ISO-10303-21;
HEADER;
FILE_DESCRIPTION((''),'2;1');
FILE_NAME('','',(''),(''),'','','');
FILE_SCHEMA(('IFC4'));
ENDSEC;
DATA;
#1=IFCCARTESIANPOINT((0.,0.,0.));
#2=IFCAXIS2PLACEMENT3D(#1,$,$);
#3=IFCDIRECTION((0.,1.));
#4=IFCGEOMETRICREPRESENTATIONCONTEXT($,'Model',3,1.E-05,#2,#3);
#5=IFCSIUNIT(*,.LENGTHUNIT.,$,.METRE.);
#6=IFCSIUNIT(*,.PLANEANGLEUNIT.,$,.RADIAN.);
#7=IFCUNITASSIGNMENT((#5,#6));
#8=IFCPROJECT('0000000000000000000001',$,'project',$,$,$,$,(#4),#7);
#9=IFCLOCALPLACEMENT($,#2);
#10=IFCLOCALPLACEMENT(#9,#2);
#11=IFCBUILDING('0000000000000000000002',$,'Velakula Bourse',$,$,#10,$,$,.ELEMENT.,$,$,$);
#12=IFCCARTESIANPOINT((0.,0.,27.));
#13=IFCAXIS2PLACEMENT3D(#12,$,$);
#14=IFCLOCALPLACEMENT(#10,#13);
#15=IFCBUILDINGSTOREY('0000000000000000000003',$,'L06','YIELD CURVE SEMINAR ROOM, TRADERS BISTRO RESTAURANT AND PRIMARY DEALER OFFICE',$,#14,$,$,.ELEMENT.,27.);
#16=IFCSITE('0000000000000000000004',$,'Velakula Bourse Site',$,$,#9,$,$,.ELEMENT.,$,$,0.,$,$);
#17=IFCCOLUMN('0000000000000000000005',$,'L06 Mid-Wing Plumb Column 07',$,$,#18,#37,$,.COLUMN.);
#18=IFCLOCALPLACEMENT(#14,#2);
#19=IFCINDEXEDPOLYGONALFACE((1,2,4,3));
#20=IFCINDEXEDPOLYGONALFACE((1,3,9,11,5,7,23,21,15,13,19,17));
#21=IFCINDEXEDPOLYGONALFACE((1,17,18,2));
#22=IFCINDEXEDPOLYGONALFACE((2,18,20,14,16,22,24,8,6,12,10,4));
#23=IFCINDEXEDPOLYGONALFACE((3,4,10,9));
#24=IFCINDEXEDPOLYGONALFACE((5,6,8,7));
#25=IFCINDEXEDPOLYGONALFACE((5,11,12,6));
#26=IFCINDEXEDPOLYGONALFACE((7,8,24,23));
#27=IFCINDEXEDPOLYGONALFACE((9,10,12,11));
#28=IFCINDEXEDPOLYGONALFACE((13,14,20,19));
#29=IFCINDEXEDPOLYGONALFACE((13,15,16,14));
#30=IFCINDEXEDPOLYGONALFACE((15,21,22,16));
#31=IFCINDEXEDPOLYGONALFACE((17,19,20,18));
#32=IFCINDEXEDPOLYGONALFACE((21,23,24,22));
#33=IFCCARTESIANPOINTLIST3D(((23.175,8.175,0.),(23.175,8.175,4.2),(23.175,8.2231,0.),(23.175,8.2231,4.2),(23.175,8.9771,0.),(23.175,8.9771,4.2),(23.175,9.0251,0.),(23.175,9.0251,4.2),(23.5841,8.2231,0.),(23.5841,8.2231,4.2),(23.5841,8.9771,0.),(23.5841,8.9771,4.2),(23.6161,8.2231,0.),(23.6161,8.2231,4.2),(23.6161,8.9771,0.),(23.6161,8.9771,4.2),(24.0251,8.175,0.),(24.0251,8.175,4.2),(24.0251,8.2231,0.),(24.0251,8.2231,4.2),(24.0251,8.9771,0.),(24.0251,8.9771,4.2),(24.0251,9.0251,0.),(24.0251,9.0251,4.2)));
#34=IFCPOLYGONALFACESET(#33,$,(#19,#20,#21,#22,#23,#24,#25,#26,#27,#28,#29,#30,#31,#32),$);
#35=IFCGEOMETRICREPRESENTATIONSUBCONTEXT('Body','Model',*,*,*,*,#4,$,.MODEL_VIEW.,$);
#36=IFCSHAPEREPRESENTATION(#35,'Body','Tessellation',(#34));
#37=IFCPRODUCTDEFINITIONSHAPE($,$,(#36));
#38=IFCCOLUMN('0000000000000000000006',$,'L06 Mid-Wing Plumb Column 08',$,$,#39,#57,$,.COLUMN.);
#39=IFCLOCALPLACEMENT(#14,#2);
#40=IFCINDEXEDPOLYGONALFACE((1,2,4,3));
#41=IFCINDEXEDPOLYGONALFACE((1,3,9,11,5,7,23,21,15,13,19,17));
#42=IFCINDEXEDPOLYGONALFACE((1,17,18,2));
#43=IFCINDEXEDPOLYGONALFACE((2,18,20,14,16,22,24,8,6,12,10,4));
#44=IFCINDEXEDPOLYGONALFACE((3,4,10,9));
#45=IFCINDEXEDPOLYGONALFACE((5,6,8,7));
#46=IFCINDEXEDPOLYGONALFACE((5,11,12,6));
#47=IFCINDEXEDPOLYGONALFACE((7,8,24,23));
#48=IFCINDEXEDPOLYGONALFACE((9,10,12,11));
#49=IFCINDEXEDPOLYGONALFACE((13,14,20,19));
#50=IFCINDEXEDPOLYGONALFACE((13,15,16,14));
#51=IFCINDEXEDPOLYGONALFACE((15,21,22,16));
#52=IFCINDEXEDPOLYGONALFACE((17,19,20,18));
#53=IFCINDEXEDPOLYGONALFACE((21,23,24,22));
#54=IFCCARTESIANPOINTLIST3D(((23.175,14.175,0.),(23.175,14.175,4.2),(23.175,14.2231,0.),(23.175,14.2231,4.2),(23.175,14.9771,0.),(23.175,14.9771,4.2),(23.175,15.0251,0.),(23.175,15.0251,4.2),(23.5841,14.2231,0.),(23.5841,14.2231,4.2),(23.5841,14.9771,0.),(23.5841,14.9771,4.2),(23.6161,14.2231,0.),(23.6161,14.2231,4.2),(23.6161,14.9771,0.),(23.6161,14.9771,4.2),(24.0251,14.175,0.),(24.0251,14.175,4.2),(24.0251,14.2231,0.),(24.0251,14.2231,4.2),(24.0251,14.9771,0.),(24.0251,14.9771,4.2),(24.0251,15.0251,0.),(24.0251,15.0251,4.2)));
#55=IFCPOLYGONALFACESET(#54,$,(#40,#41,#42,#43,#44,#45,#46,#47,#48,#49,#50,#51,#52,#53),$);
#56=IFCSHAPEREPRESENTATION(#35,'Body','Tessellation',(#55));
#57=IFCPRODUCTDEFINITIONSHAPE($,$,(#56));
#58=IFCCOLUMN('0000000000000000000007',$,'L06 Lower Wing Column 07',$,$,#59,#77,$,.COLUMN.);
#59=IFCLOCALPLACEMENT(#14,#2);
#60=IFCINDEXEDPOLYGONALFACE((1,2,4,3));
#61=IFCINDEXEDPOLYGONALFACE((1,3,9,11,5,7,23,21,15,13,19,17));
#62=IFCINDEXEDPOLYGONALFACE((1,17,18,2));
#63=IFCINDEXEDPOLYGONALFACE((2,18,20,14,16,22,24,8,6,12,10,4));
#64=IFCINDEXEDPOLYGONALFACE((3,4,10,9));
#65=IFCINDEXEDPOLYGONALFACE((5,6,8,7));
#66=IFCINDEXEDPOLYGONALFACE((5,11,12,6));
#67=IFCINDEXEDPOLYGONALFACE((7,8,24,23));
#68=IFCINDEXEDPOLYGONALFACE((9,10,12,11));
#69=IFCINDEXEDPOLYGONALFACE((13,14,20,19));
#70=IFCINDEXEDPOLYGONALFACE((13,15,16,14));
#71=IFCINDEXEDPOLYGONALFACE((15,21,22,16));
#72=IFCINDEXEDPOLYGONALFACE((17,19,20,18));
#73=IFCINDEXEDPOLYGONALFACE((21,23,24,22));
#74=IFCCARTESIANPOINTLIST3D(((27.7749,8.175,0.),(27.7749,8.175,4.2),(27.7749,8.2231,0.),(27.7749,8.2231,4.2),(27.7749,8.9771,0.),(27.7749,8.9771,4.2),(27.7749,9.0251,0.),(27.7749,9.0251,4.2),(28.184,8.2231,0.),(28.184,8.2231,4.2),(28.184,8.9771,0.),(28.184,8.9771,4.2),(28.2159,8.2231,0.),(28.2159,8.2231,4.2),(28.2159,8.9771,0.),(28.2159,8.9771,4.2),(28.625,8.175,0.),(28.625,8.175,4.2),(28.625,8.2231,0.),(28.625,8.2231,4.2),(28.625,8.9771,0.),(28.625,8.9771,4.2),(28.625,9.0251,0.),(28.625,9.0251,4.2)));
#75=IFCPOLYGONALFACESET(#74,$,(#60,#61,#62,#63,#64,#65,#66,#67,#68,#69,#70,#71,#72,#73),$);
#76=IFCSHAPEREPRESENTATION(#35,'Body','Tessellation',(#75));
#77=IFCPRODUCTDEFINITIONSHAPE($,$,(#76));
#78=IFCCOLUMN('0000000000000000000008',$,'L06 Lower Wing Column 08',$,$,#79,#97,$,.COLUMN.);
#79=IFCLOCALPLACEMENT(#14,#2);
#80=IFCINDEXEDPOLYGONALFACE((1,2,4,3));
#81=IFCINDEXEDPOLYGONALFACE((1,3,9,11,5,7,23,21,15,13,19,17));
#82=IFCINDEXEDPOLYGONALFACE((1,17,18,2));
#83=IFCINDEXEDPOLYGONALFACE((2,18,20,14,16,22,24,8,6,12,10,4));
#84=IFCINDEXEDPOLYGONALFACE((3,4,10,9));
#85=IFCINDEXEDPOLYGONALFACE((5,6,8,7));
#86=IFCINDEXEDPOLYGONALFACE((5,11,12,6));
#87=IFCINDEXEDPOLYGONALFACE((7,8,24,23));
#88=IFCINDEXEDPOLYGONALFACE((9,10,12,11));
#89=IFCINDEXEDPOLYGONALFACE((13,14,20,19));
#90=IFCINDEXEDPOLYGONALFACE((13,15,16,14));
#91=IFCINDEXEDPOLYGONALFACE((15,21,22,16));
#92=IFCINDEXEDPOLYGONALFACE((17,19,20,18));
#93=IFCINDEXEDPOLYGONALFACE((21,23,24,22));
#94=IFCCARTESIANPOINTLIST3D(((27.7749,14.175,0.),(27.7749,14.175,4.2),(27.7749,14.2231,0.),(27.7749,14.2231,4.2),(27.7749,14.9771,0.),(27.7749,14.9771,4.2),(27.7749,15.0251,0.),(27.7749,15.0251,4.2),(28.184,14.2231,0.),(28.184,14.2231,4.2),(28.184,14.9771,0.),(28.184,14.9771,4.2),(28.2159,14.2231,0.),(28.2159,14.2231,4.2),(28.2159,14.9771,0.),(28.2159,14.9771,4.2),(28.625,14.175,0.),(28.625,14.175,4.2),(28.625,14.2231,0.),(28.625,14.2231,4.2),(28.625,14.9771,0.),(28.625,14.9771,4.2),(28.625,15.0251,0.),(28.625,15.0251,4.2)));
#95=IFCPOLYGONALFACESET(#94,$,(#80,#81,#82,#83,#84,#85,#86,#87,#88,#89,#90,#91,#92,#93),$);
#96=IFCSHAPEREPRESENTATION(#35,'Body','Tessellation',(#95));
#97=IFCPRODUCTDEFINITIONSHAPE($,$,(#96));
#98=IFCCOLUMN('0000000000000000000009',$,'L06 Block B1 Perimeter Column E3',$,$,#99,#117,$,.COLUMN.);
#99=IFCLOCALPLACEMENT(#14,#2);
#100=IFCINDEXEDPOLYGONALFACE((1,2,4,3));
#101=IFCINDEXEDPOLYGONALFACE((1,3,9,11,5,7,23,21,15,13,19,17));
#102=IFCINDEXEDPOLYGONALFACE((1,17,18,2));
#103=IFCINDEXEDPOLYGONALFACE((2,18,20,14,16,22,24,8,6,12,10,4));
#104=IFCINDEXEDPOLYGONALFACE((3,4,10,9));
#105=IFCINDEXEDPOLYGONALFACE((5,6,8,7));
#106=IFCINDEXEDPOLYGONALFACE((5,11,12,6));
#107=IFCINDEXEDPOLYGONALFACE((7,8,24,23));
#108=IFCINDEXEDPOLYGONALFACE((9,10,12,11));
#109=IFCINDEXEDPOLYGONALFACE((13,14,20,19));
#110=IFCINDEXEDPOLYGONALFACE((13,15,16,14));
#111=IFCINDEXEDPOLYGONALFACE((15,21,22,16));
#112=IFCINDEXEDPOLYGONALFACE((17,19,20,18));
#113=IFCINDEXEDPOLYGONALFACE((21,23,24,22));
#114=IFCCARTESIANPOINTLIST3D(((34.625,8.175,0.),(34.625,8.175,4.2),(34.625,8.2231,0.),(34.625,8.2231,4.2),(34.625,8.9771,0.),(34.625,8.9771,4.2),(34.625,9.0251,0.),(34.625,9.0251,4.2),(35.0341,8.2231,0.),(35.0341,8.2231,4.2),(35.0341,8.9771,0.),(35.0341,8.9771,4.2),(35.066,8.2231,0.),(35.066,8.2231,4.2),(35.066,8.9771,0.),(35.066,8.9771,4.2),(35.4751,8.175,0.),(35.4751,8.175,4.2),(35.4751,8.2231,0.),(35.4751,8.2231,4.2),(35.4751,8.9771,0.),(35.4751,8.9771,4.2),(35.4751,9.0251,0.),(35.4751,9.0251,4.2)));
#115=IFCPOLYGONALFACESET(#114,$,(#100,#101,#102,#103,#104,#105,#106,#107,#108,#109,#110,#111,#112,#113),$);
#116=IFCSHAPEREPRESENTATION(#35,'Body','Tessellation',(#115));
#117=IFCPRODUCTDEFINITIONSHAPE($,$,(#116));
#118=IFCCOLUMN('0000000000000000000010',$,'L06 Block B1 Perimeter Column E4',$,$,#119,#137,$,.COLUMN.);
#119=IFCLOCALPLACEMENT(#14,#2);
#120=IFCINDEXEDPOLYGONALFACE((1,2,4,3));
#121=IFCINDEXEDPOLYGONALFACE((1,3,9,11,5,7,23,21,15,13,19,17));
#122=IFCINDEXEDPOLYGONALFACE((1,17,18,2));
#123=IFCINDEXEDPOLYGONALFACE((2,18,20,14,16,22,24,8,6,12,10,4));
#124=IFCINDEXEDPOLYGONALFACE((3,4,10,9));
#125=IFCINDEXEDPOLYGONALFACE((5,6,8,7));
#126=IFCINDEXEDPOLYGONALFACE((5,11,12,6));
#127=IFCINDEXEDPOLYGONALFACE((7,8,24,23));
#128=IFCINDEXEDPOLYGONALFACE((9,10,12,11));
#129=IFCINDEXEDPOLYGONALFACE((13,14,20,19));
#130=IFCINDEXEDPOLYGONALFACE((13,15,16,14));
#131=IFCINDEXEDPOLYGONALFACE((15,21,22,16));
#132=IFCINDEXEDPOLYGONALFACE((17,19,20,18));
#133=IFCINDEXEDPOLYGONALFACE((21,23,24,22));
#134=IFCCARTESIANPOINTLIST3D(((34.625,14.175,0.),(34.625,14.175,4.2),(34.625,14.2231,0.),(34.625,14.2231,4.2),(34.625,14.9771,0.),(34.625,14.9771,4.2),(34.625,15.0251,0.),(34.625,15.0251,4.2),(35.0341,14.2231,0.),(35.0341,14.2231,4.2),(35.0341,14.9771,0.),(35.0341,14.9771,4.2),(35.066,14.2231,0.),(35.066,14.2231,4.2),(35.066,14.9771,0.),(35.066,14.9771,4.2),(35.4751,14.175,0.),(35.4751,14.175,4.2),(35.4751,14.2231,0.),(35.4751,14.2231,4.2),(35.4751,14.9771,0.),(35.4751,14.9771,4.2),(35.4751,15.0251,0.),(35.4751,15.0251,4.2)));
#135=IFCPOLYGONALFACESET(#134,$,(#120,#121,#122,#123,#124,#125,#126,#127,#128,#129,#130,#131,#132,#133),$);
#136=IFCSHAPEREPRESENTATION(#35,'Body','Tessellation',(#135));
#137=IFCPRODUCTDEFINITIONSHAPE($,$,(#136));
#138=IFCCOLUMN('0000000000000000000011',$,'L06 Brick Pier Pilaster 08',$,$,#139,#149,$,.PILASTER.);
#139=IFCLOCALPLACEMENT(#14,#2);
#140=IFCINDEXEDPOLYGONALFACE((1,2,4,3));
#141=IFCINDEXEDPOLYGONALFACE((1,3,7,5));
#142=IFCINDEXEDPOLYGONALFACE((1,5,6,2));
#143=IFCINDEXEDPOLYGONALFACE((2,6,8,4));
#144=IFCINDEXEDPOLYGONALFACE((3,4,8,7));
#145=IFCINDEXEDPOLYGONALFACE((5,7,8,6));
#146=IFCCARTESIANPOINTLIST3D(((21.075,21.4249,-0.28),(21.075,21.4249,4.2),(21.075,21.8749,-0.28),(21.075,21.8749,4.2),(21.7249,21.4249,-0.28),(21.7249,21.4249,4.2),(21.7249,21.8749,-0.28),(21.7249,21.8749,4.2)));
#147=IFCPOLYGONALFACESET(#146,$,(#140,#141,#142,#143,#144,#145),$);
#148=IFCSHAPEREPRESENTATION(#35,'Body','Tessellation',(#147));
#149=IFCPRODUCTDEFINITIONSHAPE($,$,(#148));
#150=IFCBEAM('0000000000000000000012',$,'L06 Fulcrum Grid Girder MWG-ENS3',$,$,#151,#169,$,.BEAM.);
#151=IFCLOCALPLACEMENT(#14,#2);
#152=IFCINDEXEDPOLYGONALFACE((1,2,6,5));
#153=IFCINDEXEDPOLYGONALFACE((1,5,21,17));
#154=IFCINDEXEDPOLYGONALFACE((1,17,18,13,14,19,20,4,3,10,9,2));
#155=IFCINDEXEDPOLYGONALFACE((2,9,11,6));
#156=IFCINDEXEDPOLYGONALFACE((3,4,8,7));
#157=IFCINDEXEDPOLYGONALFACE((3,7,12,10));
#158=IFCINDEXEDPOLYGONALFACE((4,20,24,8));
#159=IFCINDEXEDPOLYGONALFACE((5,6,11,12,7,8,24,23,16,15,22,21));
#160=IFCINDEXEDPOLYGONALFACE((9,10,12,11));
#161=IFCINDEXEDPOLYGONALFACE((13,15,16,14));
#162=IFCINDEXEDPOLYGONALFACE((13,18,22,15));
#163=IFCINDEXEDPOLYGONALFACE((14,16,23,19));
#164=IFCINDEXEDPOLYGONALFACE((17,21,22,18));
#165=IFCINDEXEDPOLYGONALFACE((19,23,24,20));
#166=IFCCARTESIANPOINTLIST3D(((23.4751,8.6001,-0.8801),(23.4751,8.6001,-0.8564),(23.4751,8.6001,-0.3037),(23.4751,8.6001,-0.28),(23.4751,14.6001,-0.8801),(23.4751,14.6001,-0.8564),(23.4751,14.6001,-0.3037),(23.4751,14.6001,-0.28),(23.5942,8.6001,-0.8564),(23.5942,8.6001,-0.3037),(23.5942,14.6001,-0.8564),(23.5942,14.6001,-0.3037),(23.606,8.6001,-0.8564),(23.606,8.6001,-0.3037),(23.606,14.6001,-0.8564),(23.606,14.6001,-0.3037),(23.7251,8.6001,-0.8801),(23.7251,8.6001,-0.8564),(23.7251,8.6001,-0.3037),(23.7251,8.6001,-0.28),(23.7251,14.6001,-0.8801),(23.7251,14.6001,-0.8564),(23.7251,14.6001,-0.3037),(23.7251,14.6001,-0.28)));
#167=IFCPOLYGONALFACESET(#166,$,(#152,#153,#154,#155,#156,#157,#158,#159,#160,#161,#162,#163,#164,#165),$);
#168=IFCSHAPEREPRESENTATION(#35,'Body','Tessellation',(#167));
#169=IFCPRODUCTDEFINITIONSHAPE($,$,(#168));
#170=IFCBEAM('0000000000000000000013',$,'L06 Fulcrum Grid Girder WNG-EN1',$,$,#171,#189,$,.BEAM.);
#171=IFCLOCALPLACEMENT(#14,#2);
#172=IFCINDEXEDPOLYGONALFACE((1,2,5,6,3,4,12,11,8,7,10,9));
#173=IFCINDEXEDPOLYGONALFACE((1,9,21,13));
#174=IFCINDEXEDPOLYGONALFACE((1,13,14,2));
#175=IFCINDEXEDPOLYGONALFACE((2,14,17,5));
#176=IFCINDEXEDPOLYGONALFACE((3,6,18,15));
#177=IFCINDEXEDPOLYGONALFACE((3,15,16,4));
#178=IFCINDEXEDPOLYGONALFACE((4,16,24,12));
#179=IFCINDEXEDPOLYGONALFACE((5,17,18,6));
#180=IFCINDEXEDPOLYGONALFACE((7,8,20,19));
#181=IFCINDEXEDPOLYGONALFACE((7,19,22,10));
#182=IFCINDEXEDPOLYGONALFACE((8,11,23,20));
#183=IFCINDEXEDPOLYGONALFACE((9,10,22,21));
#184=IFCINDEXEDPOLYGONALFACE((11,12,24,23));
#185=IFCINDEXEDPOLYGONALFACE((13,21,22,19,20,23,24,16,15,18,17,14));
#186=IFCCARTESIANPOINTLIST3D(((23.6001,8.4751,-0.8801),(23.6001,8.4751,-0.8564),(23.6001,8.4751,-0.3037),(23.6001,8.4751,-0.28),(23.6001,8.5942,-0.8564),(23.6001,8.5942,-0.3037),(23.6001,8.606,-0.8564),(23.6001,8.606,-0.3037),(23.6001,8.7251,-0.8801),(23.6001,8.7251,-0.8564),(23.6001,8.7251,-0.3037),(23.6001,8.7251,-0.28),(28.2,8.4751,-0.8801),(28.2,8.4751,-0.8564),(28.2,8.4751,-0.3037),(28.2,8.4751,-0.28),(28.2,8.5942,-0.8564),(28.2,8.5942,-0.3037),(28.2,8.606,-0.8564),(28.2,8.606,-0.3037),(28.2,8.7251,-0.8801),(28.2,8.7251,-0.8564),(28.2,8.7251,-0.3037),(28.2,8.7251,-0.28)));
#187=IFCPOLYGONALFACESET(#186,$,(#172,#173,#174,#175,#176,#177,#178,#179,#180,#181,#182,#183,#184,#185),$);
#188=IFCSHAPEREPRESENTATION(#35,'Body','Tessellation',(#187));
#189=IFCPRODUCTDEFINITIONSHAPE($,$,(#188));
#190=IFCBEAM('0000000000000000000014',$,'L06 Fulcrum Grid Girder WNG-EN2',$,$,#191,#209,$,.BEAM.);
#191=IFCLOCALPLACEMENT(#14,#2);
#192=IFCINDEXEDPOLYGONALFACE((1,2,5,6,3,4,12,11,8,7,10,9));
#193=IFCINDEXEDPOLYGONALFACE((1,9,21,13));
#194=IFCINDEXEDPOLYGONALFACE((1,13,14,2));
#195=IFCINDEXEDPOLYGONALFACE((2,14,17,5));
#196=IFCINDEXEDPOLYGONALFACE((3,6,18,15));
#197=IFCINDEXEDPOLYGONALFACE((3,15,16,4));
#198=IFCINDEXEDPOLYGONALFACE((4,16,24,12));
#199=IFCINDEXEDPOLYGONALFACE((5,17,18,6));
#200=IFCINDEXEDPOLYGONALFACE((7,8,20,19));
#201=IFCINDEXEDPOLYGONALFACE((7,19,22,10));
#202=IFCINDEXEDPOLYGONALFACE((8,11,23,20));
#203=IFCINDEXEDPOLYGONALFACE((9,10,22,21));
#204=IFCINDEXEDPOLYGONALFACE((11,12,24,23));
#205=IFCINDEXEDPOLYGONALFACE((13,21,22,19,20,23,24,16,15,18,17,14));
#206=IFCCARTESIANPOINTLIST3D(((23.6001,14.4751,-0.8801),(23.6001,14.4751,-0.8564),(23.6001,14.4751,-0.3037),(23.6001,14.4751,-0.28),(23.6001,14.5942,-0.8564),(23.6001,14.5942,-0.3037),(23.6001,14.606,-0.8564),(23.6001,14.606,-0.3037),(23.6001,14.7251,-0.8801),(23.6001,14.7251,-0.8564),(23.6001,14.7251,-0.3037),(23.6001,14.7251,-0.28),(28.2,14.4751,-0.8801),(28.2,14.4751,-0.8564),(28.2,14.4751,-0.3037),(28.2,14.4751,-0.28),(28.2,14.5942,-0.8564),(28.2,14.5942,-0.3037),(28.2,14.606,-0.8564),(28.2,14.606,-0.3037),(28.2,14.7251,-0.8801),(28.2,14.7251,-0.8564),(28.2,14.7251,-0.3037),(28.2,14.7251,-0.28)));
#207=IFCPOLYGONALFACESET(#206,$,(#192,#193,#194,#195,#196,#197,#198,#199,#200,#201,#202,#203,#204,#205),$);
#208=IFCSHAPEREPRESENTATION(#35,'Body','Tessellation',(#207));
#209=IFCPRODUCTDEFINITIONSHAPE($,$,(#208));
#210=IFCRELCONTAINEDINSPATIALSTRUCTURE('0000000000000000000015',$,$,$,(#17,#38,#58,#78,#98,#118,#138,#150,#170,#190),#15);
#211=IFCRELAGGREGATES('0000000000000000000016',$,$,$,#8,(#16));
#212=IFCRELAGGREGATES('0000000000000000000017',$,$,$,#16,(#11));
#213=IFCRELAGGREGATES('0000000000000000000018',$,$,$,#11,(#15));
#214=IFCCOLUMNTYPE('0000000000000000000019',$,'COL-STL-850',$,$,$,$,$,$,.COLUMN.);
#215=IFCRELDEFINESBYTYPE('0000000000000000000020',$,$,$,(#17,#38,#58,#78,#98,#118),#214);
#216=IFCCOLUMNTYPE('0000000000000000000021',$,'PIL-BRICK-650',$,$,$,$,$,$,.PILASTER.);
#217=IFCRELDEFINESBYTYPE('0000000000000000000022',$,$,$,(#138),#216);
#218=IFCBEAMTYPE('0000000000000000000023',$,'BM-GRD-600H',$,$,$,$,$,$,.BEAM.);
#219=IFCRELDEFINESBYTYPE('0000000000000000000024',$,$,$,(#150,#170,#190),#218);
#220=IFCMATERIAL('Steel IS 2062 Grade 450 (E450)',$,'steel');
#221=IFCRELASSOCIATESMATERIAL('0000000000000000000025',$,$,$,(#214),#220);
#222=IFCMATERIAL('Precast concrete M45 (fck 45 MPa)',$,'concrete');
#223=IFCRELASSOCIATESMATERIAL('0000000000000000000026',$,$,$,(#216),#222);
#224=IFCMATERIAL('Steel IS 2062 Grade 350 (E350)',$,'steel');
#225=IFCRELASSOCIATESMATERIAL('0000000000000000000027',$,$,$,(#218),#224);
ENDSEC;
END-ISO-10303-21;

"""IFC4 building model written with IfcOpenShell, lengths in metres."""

from ifc_helpers import new_model, si_unit, direction, frame, origin, origin_2d, place, context, subcontext, project, spatial, rectangle, i_section, extrude, material, material_profile, profile_set, type_object, element, save


model = new_model("IFC4")

# Units and contexts
model_context = context("Model", 3, precision=1e-05, world=origin(), true_north=direction((0.0, 1.0)))
body_context = subcontext(model_context, "Body", "Model", "MODEL_VIEW")
ifc_project = project(units=[si_unit("LENGTHUNIT", "METRE"), si_unit("PLANEANGLEUNIT", "RADIAN")], contexts=[model_context])

# Site, building, storey
site_placement = place(None, origin())
site = spatial("IfcSite", under=ifc_project, at=site_placement, Name="Velakula Bourse Site", CompositionType="ELEMENT", RefElevation=0.0)
building_placement = place(site_placement, origin())
building = spatial("IfcBuilding", under=site, at=building_placement, Name="Velakula Bourse", CompositionType="ELEMENT")
storey_placement = place(building_placement, frame((0.0, 0.0, 27.0)))
storey = spatial("IfcBuildingStorey", under=building, at=storey_placement, Name="L06", Description="YIELD CURVE SEMINAR ROOM, TRADERS BISTRO RESTAURANT AND PRIMARY DEALER OFFICE", CompositionType="ELEMENT", Elevation=27.0)

# Columns
ifc_material_1 = material(Name="Steel IS 2062 Grade 450 (E450)", Category="steel")
ifc_material_profile_1 = material_profile(ifc_material_1, i_section(OverallWidth=0.8501, OverallDepth=0.8501, WebThickness=0.032, FlangeThickness=0.0481, at=origin_2d()), Name="Steel IS 2062 Grade 450 (E450)")
ifc_profile_set_1 = profile_set([ifc_material_profile_1], Name="Steel IS 2062 Grade 450 (E450)")
column_type_1 = type_object("IfcColumnType", Name="COL-STL-850", PredefinedType="COLUMN", material=ifc_profile_set_1)
for number, where, z_axis, x_axis, name in (
    (1, (23.6001, 8.6001, 0.0), (0.0, 0.0, 1.0), (1.0, 0.0, 0.0), "L06 Mid-Wing Plumb Column 07"),
    (2, (23.6001, 14.6001, 0.0), (0.0, 0.0, 1.0), (1.0, 0.0, 0.0), "L06 Mid-Wing Plumb Column 08"),
    (3, (28.2, 8.6001, 0.0), (0.0, 0.0, 1.0), (1.0, 0.0, 0.0), "L06 Lower Wing Column 07"),
    (4, (28.2, 14.6001, 0.0), (0.0, 0.0, 1.0), (1.0, 0.0, 0.0), "L06 Lower Wing Column 08"),
    (5, (35.05, 8.6001, 0.0), (0.0, 0.0, 1.0), (1.0, 0.0, 0.0), "L06 Block B1 Perimeter Column E3"),
    (6, (35.05, 14.6001, 0.0), (0.0, 0.0, 1.0), (1.0, 0.0, 0.0), "L06 Block B1 Perimeter Column E4"),
):
    element("IfcColumn", number, at=place(storey_placement, frame(where, z_axis=z_axis, x_axis=x_axis)), inside=storey, type_object=column_type_1, Name=name, PredefinedType="COLUMN", context=body_context, shape_type="SweptSolid", body=[
        extrude(i_section(OverallWidth=0.8501, OverallDepth=0.8501, WebThickness=0.032, FlangeThickness=0.0481, at=origin_2d()), origin(), (0.0, 0.0, 1.0), 4.2),
    ])
ifc_material_2 = material(Name="Precast concrete M45 (fck 45 MPa)", Category="concrete")
ifc_material_profile_2 = material_profile(ifc_material_2, rectangle(XDim=0.6499, YDim=0.45, at=origin_2d()), Name="Precast concrete M45 (fck 45 MPa)")
ifc_profile_set_2 = profile_set([ifc_material_profile_2], Name="Precast concrete M45 (fck 45 MPa)")
column_type_2 = type_object("IfcColumnType", Name="PIL-BRICK-650", PredefinedType="PILASTER", material=ifc_profile_set_2)
column_placement = place(storey_placement, frame((21.3999, 21.6499, -0.28), z_axis=(0.0, 0.0, 1.0), x_axis=(1.0, 0.0, 0.0)))
element("IfcColumn", 7, at=column_placement, inside=storey, type_object=column_type_2, Name="L06 Brick Pier Pilaster 08", PredefinedType="PILASTER", context=body_context, shape_type="SweptSolid", body=[
    extrude(rectangle(XDim=0.6499, YDim=0.45, at=origin_2d()), origin(), (0.0, 0.0, 1.0), 4.48),
])

# Beams
ifc_material_3 = material(Name="Steel IS 2062 Grade 350 (E350)", Category="steel")
ifc_material_profile_3 = material_profile(ifc_material_3, i_section(OverallWidth=0.25, OverallDepth=0.6001, WebThickness=0.0117, FlangeThickness=0.0237, at=origin_2d()), Name="Steel IS 2062 Grade 350 (E350)")
ifc_profile_set_3 = profile_set([ifc_material_profile_3], Name="Steel IS 2062 Grade 350 (E350)")
beam_type_1 = type_object("IfcBeamType", Name="BM-GRD-600H", PredefinedType="BEAM", material=ifc_profile_set_3)
beam_1_placement = place(storey_placement, frame((23.6001, 8.6001, -0.5801), z_axis=(0.0, 1.0, 0.0), x_axis=(-1.0, 0.0, 0.0)))
element("IfcBeam", 8, at=beam_1_placement, inside=storey, type_object=beam_type_1, Name="L06 Fulcrum Grid Girder MWG-ENS3", PredefinedType="BEAM", context=body_context, shape_type="SweptSolid", body=[
    extrude(i_section(OverallWidth=0.25, OverallDepth=0.6001, WebThickness=0.0117, FlangeThickness=0.0237, at=origin_2d()), origin(), (0.0, 0.0, 1.0), 6.0),
])
for number, where, z_axis, x_axis, name in (
    (9, (23.6001, 8.6001, -0.5801), (1.0, 0.0, 0.0), (0.0, 1.0, 0.0), "L06 Fulcrum Grid Girder WNG-EN1"),
    (10, (23.6001, 14.6001, -0.5801), (1.0, 0.0, 0.0), (0.0, 1.0, 0.0), "L06 Fulcrum Grid Girder WNG-EN2"),
):
    element("IfcBeam", number, at=place(storey_placement, frame(where, z_axis=z_axis, x_axis=x_axis)), inside=storey, type_object=beam_type_1, Name=name, PredefinedType="BEAM", context=body_context, shape_type="SweptSolid", body=[
        extrude(i_section(OverallWidth=0.25, OverallDepth=0.6001, WebThickness=0.0117, FlangeThickness=0.0237, at=origin_2d()), origin(), (0.0, 0.0, 1.0), 4.5999),
    ])

save(model, "model.ifc")
